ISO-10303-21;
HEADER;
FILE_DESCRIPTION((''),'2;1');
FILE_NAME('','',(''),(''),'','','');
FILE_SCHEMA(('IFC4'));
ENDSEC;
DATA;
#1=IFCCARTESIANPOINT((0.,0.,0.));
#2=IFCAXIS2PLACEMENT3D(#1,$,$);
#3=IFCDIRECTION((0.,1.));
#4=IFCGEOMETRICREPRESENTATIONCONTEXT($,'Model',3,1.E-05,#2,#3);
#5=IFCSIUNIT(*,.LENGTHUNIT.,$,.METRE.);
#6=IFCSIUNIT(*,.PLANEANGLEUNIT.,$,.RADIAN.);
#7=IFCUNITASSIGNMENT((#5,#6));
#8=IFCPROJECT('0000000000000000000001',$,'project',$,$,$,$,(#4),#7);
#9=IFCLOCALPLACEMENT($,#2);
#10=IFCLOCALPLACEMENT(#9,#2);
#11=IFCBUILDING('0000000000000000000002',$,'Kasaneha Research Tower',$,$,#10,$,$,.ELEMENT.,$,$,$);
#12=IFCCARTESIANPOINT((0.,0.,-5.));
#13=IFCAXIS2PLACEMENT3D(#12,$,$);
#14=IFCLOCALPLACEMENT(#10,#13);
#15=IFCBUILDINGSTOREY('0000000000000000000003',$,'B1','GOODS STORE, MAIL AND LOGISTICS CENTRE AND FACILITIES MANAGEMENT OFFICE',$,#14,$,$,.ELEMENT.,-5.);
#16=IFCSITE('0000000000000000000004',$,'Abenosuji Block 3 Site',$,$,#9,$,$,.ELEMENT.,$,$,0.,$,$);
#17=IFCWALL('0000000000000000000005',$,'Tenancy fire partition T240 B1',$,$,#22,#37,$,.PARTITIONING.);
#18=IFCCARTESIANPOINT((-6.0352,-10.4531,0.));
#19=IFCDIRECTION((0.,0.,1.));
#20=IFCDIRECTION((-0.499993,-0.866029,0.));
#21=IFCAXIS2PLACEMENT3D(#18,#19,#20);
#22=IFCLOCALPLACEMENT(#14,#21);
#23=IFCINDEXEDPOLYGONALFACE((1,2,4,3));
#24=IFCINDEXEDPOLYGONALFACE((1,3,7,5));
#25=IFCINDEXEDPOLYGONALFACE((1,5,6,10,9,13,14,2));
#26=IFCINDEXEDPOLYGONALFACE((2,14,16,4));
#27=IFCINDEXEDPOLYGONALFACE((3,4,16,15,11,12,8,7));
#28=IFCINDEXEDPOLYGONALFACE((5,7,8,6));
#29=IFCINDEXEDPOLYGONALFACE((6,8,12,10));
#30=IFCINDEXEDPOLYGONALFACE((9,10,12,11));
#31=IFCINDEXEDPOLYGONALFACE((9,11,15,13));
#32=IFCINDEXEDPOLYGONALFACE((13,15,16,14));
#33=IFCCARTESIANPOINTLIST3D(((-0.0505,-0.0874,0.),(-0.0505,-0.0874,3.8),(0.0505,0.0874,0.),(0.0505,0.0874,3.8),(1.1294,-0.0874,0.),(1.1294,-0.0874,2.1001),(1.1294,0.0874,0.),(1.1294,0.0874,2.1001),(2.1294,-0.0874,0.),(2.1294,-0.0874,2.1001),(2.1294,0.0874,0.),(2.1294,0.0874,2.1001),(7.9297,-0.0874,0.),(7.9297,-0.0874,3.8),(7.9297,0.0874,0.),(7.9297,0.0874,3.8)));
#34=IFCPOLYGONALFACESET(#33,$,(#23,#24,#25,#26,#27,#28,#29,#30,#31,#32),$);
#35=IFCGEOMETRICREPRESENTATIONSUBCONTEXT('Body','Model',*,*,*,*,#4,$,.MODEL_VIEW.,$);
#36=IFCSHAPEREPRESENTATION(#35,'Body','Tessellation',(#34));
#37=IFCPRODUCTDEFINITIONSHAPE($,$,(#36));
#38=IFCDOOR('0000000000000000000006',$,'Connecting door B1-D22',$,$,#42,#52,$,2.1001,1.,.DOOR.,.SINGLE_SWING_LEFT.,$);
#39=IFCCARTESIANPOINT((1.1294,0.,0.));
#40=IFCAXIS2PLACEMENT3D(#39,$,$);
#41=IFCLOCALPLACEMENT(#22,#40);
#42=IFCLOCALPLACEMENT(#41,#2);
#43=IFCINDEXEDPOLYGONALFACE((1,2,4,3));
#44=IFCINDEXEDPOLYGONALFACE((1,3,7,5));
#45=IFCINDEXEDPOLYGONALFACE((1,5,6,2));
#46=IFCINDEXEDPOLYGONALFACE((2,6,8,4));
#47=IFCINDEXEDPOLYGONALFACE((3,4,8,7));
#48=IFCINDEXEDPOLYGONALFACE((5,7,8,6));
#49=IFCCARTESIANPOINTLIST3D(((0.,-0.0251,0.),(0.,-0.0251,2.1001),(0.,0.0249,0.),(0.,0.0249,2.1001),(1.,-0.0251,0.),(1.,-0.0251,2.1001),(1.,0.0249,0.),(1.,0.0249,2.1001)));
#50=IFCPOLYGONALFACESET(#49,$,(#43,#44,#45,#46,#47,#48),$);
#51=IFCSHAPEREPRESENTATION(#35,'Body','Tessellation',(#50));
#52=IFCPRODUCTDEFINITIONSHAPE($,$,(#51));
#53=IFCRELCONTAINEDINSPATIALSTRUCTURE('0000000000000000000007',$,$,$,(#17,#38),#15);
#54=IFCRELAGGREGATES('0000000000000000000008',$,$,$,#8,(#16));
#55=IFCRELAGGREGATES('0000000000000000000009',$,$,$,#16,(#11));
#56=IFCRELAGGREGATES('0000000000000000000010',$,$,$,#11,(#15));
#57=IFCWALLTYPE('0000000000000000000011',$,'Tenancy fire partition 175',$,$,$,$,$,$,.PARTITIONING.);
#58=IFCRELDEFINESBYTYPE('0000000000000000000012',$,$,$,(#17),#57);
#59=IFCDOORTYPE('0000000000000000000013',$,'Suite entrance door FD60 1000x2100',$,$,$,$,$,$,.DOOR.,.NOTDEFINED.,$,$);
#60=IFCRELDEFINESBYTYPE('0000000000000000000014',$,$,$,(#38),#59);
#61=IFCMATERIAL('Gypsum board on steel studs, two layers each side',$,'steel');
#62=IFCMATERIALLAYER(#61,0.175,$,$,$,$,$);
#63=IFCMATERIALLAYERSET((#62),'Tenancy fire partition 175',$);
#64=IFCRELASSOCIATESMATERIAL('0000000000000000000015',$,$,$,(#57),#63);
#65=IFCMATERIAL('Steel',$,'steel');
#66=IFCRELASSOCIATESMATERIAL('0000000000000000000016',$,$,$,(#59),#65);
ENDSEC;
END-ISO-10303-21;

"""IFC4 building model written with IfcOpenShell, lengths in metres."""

from ifc_helpers import new_model, si_unit, direction, frame, frame_2d, origin, place, context, subcontext, project, spatial, polyline, rectangle, outline, extrude, material, layer, layer_set, type_object, element, fill, save


model = new_model("IFC4")

# Units and contexts
model_context = context("Model", 3, precision=1e-05, world=origin(), true_north=direction((0.0, 1.0)))
body_context = subcontext(model_context, "Body", "Model", "MODEL_VIEW")
ifc_project = project(units=[si_unit("LENGTHUNIT", "METRE"), si_unit("PLANEANGLEUNIT", "RADIAN")], contexts=[model_context])

# Site, building, storey
site_placement = place(None, origin())
site = spatial("IfcSite", under=ifc_project, at=site_placement, Name="Abenosuji Block 3 Site", CompositionType="ELEMENT", RefElevation=0.0)
building_placement = place(site_placement, origin())
building = spatial("IfcBuilding", under=site, at=building_placement, Name="Kasaneha Research Tower", CompositionType="ELEMENT")
storey_placement = place(building_placement, frame((0.0, 0.0, -5.0)))
storey = spatial("IfcBuildingStorey", under=building, at=storey_placement, Name="B1", Description="GOODS STORE, MAIL AND LOGISTICS CENTRE AND FACILITIES MANAGEMENT OFFICE", CompositionType="ELEMENT", Elevation=-5.0)

# Wall, opening, door
ifc_material_1 = material(Name="Gypsum board on steel studs, two layers each side", Category="steel")
ifc_layer_1 = layer(ifc_material_1, 0.175)
ifc_layer_set_1 = layer_set([ifc_layer_1], Name="Tenancy fire partition 175")
wall_type_1 = type_object("IfcWallType", Name="Tenancy fire partition 175", PredefinedType="PARTITIONING", material=ifc_layer_set_1)
wall_1_placement = place(storey_placement, frame((-6.0352, -10.4531, 0.0), z_axis=(0.0, 0.0, 1.0), x_axis=(-0.499993, -0.866029, 0.0)))
wall_1 = element("IfcWall", 1, at=wall_1_placement, inside=storey, type_object=wall_type_1, Name="Tenancy fire partition T240 B1", PredefinedType="PARTITIONING", context=body_context, shape_type="SweptSolid", body=[
    extrude(outline(polyline([(-0.0505, -0.0874), (1.1294, -0.0874), (2.1294, -0.0874), (7.9297, -0.0874), (7.9297, 0.0874), (2.1294, 0.0874), (1.1294, 0.0874), (0.0505, 0.0874), (-0.0505, -0.0874)])), origin(), (0.0, 0.0, 1.0), 3.8),
])
opening_placement = place(wall_1_placement, frame((1.1294, 0.0, 0.0)))
opening = element("IfcOpeningElement", 2, at=opening_placement, cuts=wall_1, PredefinedType="OPENING", context=body_context, shape_type="SweptSolid", body=[
    extrude(rectangle(XDim=1.0, YDim=2.1001, at=frame_2d((0.5, 1.05))), frame((0.0, 0.0977, 0.0), z_axis=(0.0, -1.0, 0.0), x_axis=(1.0, 0.0, 0.0)), (0.0, 0.0, 1.0), 0.1951),
])
ifc_material_2 = material(Name="Steel", Category="steel")
door_type = type_object("IfcDoorType", Name="Suite entrance door FD60 1000x2100", OperationType="NOTDEFINED", PredefinedType="DOOR", material=ifc_material_2)
door_placement = place(opening_placement, origin())
door = element("IfcDoor", 3, at=door_placement, inside=storey, type_object=door_type, Name="Connecting door B1-D22", OperationType="SINGLE_SWING_LEFT", OverallHeight=2.1001, OverallWidth=1.0, PredefinedType="DOOR", context=body_context, shape_type="SweptSolid", body=[
    extrude(rectangle(XDim=1.0, YDim=2.1001, at=frame_2d((0.5, 1.05))), frame((0.0, 0.0249, 0.0), z_axis=(0.0, -1.0, 0.0), x_axis=(1.0, 0.0, 0.0)), (0.0, 0.0, 1.0), 0.05),
])
fill(opening, door)

save(model, "model.ifc")
